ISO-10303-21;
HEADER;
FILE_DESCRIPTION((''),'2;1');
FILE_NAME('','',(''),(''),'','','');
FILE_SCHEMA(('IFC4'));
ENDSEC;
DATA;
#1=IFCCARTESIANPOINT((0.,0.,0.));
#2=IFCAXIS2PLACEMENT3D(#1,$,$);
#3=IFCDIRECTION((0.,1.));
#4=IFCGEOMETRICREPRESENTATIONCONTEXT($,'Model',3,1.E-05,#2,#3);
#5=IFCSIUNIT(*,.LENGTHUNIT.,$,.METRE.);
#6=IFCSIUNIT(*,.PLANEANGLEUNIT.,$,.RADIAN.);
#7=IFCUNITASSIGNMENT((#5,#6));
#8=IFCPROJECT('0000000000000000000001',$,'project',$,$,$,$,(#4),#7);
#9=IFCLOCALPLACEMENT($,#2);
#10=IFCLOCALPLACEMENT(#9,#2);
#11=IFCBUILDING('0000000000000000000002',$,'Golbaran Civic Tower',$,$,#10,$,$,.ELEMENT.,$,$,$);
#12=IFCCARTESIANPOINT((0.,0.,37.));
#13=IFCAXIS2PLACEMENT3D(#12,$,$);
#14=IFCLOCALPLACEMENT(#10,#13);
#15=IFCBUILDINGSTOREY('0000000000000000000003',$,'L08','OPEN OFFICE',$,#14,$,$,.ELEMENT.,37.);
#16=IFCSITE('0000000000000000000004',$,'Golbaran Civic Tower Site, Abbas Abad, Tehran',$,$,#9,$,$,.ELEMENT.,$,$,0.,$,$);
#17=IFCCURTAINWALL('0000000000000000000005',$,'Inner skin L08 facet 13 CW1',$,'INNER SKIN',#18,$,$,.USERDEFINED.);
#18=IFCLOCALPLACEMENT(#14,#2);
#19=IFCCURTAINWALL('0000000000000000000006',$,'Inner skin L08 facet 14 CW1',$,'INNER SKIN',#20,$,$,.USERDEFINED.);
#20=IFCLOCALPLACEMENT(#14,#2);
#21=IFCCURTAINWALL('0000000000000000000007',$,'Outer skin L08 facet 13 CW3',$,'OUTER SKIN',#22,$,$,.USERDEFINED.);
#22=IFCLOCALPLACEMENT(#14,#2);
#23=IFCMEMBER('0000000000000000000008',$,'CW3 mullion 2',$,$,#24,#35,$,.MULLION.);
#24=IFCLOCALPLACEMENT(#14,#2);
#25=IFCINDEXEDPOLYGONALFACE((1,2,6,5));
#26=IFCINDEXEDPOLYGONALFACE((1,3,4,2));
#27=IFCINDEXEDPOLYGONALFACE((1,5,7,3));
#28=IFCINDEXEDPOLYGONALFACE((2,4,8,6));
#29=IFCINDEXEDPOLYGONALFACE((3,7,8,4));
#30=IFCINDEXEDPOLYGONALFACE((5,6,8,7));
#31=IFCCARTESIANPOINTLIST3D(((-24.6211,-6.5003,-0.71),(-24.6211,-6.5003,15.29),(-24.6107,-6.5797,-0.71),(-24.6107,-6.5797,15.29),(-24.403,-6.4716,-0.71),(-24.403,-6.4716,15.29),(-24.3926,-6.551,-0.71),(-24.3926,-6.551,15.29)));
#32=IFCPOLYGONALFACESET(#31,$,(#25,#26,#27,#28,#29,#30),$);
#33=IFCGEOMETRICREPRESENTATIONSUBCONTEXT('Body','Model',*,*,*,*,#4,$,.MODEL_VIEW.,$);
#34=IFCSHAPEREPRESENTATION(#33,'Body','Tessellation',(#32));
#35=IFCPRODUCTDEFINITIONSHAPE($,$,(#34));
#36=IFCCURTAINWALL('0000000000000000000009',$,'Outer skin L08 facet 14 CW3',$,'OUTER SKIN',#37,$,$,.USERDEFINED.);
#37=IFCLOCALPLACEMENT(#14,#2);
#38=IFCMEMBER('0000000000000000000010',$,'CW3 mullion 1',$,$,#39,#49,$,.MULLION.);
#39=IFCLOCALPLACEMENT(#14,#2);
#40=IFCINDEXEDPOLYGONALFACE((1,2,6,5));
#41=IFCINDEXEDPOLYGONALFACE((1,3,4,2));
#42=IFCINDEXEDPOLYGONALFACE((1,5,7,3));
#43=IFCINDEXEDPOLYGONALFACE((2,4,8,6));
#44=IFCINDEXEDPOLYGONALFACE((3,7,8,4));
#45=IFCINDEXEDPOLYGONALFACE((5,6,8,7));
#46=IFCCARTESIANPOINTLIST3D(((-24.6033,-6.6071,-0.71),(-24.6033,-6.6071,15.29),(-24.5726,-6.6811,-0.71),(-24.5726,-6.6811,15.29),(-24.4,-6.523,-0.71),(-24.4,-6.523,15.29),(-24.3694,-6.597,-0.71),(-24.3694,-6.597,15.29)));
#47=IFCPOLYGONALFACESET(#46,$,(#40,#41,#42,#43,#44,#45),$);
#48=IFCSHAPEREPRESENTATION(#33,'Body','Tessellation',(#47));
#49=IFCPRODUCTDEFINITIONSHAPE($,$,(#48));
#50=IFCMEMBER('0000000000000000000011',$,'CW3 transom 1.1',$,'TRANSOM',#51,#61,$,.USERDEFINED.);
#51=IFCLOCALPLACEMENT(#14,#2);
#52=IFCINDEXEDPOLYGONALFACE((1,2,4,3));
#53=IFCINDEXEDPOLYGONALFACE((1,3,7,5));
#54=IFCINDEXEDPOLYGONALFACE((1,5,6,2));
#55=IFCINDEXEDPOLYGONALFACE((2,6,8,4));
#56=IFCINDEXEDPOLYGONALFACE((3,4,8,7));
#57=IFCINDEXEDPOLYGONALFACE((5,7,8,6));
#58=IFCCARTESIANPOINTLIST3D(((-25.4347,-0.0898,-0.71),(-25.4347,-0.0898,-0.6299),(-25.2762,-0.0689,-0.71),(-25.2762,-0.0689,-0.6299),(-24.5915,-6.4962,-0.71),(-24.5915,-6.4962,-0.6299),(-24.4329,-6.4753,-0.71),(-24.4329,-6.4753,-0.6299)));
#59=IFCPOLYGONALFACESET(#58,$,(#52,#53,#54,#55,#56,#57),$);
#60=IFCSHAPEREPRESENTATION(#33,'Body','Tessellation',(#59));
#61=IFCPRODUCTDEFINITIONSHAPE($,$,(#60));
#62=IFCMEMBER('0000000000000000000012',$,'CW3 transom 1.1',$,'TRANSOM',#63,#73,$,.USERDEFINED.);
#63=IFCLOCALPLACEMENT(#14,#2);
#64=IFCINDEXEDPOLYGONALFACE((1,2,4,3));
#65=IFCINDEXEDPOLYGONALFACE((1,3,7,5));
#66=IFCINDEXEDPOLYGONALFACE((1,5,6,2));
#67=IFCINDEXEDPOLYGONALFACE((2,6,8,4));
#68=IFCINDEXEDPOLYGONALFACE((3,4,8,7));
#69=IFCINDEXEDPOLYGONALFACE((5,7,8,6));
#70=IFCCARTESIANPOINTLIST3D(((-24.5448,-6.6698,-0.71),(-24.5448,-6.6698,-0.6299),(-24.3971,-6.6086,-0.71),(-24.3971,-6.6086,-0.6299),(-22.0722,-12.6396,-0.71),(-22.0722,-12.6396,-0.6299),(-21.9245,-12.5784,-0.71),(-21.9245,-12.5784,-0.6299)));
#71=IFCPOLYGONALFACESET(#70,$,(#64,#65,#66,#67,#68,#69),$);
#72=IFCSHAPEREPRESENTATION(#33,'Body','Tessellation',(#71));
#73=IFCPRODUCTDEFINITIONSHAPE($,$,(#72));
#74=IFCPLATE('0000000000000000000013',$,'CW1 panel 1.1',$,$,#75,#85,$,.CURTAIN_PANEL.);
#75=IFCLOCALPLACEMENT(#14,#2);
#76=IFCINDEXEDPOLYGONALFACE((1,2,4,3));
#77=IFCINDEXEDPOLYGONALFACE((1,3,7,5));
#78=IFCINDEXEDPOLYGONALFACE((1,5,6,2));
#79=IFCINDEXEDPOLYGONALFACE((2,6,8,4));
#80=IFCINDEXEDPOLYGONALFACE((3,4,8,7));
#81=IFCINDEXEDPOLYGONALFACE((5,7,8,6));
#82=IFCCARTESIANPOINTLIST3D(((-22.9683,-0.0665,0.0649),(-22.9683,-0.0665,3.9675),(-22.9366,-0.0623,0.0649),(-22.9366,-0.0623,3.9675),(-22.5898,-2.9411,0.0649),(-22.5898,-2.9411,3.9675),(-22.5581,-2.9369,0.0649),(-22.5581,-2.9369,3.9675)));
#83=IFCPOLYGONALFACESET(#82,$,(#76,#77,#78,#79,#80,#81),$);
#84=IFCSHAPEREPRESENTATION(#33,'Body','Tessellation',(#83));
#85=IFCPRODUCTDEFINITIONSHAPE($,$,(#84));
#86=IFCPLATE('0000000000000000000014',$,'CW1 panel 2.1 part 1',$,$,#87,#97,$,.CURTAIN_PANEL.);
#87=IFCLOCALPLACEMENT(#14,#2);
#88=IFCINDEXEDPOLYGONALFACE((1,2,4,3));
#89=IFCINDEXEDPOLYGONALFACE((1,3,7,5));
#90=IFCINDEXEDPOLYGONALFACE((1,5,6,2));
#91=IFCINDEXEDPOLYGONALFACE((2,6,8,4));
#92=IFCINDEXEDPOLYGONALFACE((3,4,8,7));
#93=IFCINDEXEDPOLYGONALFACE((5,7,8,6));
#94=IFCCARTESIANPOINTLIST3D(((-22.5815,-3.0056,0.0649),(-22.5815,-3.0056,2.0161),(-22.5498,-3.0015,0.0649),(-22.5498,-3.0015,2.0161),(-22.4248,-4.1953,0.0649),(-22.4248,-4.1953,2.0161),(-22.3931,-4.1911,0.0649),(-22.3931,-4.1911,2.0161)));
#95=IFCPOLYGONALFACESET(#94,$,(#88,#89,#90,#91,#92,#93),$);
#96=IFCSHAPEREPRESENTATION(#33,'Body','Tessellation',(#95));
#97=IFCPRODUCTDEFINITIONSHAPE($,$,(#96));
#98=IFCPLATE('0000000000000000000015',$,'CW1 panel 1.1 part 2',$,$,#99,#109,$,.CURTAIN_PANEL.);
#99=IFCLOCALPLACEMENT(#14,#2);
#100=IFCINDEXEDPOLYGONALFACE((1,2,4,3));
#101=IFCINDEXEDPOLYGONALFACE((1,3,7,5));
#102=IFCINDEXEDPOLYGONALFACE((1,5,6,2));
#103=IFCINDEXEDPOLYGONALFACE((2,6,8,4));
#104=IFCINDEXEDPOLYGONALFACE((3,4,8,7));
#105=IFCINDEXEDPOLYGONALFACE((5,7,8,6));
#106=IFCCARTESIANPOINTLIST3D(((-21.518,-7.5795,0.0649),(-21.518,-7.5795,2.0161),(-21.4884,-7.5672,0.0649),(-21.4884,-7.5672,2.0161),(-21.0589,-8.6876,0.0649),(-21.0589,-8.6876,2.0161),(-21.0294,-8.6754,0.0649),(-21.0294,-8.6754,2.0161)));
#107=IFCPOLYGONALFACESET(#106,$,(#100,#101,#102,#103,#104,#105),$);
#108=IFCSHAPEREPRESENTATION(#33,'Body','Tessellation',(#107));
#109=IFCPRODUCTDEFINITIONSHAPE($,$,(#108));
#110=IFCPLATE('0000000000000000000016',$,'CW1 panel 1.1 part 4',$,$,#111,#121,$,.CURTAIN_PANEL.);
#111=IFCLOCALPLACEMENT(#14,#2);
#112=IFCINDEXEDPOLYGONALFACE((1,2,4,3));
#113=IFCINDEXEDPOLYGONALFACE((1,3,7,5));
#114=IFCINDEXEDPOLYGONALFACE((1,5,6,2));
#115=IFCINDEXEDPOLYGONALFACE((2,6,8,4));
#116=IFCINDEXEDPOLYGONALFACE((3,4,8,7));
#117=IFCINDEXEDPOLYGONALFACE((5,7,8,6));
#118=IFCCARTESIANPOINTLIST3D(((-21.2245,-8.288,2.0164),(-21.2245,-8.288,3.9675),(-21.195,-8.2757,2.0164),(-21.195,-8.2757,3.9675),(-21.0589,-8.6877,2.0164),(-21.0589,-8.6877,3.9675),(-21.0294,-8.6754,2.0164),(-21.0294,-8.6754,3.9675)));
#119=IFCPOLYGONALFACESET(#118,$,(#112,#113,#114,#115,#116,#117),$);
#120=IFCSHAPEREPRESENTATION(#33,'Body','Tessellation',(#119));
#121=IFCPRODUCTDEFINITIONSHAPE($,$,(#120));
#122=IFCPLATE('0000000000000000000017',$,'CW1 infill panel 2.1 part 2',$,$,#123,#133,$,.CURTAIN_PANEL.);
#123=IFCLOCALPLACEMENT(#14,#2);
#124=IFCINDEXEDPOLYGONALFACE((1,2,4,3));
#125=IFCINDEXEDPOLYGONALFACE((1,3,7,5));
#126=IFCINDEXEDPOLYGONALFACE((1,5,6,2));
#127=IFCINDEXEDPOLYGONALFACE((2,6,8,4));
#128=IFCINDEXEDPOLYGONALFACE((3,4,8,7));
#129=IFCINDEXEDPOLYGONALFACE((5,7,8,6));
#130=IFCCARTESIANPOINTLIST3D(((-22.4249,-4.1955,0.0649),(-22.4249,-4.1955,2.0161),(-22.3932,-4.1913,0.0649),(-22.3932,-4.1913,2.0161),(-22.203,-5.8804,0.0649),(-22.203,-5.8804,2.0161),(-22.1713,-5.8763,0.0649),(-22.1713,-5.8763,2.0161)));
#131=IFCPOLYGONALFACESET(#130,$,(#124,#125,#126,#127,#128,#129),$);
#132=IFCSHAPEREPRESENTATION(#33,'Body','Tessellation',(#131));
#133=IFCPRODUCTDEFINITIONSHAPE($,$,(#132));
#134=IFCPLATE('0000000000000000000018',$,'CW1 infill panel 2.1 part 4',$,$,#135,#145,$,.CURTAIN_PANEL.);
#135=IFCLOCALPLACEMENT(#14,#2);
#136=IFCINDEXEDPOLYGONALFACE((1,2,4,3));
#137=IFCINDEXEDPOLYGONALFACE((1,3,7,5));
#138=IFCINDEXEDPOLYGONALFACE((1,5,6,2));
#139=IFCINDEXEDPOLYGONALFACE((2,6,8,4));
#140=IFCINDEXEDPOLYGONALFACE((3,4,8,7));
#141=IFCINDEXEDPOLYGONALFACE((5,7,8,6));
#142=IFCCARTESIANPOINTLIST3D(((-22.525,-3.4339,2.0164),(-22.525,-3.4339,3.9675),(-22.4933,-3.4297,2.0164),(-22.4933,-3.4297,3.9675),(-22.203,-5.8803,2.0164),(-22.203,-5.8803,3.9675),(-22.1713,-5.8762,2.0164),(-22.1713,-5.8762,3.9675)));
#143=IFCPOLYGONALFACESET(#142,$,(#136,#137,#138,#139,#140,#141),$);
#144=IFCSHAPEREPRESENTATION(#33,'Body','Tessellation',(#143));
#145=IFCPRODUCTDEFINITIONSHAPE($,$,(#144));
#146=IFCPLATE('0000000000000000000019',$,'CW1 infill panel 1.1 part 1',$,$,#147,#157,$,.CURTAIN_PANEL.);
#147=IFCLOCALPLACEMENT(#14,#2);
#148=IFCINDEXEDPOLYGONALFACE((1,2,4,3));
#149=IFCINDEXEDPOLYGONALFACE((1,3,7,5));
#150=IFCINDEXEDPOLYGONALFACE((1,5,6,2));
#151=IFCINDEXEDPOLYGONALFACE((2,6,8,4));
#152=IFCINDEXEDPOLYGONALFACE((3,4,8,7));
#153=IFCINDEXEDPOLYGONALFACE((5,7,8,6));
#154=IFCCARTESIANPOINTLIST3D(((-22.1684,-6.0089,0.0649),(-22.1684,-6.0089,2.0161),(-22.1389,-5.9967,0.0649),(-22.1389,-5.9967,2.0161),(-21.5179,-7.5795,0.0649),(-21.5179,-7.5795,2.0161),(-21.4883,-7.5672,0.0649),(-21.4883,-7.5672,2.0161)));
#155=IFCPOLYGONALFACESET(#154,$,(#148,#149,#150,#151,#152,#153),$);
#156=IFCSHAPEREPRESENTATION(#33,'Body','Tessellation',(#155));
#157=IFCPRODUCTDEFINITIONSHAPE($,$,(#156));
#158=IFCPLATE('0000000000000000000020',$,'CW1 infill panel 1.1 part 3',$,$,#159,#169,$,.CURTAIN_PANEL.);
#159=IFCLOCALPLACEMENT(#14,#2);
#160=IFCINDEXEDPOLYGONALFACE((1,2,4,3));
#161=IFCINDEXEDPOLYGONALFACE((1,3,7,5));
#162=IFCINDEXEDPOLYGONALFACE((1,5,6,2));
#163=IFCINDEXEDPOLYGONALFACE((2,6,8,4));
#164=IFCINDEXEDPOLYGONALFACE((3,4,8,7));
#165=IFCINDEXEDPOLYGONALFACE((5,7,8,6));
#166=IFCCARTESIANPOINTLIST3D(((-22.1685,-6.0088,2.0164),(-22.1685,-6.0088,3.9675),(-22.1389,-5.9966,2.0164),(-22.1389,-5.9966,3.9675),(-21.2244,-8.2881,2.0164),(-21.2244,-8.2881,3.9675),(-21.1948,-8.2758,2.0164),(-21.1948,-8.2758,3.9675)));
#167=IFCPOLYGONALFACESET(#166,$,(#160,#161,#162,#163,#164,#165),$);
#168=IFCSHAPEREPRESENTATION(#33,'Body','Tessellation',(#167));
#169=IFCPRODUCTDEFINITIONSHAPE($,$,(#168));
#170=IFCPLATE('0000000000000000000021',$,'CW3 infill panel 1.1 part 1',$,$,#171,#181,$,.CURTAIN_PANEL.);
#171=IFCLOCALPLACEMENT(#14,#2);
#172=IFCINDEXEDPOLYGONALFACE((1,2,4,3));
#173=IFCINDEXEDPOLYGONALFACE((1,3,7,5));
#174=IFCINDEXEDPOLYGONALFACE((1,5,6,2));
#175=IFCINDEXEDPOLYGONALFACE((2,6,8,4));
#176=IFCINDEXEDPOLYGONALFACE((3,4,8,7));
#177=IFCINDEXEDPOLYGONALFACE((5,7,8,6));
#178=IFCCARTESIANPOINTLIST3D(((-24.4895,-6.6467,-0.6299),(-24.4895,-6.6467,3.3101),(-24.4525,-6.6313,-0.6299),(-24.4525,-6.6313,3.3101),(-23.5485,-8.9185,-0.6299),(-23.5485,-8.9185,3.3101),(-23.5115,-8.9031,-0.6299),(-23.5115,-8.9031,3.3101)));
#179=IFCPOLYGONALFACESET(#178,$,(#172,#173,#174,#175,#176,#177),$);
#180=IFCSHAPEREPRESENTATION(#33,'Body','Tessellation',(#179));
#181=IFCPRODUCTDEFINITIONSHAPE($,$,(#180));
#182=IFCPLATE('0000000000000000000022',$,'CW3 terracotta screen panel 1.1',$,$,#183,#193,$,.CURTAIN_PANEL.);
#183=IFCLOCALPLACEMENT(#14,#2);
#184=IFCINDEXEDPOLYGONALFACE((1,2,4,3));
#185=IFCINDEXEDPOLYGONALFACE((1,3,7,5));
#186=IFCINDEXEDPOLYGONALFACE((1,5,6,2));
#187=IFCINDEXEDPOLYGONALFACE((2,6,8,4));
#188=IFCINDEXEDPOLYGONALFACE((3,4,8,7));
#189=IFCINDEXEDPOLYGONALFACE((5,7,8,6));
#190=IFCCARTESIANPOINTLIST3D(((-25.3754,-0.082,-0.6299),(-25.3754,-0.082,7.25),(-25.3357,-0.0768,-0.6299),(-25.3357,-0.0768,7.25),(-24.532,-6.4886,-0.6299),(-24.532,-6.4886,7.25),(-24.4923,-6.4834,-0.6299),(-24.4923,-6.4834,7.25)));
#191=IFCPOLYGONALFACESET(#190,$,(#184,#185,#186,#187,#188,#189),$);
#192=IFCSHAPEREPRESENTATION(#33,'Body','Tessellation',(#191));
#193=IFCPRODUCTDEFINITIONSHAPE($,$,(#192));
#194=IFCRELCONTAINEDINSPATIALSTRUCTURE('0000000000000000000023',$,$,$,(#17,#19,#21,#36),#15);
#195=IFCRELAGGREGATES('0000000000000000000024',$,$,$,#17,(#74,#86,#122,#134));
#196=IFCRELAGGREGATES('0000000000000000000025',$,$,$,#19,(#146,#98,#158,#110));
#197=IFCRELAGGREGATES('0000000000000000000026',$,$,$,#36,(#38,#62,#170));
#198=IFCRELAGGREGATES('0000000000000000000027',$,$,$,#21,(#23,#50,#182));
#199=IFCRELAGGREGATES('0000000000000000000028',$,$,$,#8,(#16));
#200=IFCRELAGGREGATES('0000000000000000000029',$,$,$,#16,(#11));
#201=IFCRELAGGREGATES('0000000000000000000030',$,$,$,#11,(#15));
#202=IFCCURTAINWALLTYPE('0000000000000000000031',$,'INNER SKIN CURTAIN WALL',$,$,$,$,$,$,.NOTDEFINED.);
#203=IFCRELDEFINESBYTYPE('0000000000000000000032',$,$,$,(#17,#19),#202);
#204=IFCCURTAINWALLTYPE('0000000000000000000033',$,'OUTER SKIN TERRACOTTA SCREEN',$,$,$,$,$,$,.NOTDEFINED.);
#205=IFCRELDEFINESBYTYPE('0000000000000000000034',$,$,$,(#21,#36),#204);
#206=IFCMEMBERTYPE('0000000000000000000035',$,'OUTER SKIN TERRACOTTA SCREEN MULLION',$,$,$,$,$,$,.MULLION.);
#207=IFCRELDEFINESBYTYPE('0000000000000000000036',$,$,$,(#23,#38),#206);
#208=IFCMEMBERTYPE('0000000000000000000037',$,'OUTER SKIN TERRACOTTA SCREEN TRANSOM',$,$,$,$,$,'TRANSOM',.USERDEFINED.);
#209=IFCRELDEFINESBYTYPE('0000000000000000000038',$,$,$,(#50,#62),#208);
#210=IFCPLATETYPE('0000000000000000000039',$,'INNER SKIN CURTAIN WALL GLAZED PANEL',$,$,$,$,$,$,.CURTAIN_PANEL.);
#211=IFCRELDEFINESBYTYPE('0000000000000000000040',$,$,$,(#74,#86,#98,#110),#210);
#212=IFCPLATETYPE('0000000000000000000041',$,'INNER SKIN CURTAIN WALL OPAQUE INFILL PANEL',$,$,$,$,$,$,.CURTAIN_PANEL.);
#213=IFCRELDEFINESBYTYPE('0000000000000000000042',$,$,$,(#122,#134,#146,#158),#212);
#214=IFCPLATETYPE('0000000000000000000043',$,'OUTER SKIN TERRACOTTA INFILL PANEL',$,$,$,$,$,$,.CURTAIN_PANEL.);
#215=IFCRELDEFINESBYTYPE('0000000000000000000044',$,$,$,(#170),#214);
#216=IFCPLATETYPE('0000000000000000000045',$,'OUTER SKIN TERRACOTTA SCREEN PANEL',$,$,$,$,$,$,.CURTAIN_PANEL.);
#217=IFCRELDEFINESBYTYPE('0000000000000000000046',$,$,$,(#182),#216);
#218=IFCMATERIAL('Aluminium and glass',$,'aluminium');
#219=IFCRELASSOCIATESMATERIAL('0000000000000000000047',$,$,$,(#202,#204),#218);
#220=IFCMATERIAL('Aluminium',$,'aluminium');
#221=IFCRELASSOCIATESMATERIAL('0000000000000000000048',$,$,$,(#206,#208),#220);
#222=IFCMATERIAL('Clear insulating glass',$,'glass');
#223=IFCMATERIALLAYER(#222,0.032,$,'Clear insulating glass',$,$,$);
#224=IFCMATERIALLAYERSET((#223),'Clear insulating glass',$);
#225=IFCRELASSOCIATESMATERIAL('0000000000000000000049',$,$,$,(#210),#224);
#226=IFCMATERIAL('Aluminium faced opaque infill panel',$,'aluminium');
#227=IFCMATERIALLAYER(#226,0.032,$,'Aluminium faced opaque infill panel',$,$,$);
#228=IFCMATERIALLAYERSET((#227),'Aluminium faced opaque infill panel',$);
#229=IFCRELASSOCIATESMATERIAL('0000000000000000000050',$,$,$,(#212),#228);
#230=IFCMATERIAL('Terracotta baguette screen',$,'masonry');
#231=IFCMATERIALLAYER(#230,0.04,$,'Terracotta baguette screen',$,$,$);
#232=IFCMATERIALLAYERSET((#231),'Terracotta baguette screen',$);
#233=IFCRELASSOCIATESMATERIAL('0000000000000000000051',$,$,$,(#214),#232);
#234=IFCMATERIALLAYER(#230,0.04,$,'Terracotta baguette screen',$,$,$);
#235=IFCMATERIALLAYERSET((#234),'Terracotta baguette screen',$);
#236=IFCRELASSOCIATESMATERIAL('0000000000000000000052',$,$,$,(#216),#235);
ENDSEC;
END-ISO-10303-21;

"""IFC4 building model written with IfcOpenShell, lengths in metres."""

from ifc_helpers import new_model, si_unit, direction, frame, origin, origin_2d, place, context, subcontext, project, spatial, rectangle, extrude, material, layer, layer_set, material_profile, profile_set, type_object, element, aggregate, save


model = new_model("IFC4")

# Units and contexts
model_context = context("Model", 3, precision=1e-05, world=origin(), true_north=direction((0.0, 1.0)))
body_context = subcontext(model_context, "Body", "Model", "MODEL_VIEW")
ifc_project = project(units=[si_unit("LENGTHUNIT", "METRE"), si_unit("PLANEANGLEUNIT", "RADIAN")], contexts=[model_context])

# Site, building, storey
site_placement = place(None, origin())
site = spatial("IfcSite", under=ifc_project, at=site_placement, Name="Golbaran Civic Tower Site, Abbas Abad, Tehran", CompositionType="ELEMENT", RefElevation=0.0)
building_placement = place(site_placement, origin())
building = spatial("IfcBuilding", under=site, at=building_placement, Name="Golbaran Civic Tower", CompositionType="ELEMENT")
storey_placement = place(building_placement, frame((0.0, 0.0, 37.0)))
storey = spatial("IfcBuildingStorey", under=building, at=storey_placement, Name="L08", Description="OPEN OFFICE", CompositionType="ELEMENT", Elevation=37.0)

# Curtain walls
ifc_material_1 = material(Name="Aluminium and glass", Category="aluminium")
curtain_wall_type_1 = type_object("IfcCurtainWallType", Name="INNER SKIN CURTAIN WALL", PredefinedType="NOTDEFINED", material=ifc_material_1)
curtain_wall_1_placement = place(storey_placement, origin())
curtain_wall_1 = element("IfcCurtainWall", 1, at=curtain_wall_1_placement, inside=storey, type_object=curtain_wall_type_1, Name="Inner skin L08 facet 13 CW1", ObjectType="INNER SKIN", PredefinedType="USERDEFINED")
ifc_material_2 = material(Name="Aluminium", Category="aluminium")
curtain_wall_2_placement = place(storey_placement, origin())
curtain_wall_2 = element("IfcCurtainWall", 2, at=curtain_wall_2_placement, inside=storey, type_object=curtain_wall_type_1, Name="Inner skin L08 facet 14 CW1", ObjectType="INNER SKIN", PredefinedType="USERDEFINED")

# Curtain wall, member
curtain_wall_type_2 = type_object("IfcCurtainWallType", Name="OUTER SKIN TERRACOTTA SCREEN", PredefinedType="NOTDEFINED", material=ifc_material_1)
curtain_wall_3_placement = place(storey_placement, origin())
curtain_wall_3 = element("IfcCurtainWall", 3, at=curtain_wall_3_placement, inside=storey, type_object=curtain_wall_type_2, Name="Outer skin L08 facet 13 CW3", ObjectType="OUTER SKIN", PredefinedType="USERDEFINED")
ifc_material_profile_1 = material_profile(ifc_material_2, rectangle(XDim=0.22, YDim=0.0801, at=origin_2d()), Name="OUTER SKIN TERRACOTTA SCREEN MULLION")
ifc_profile_set_1 = profile_set([ifc_material_profile_1], Name="Aluminium")
member_type_1 = type_object("IfcMemberType", Name="OUTER SKIN TERRACOTTA SCREEN MULLION", PredefinedType="MULLION", material=ifc_profile_set_1)
member_1_placement = place(storey_placement, frame((-24.5068, -6.5256, -0.71), z_axis=(0.0, 0.0, 1.0), x_axis=(0.991445, 0.130526, 0.0)))
member_1 = element("IfcMember", 4, at=member_1_placement, type_object=member_type_1, Name="CW3 mullion 2", PredefinedType="MULLION", context=body_context, shape_type="SweptSolid", body=[
    extrude(rectangle(XDim=0.22, YDim=0.0801, at=origin_2d()), origin(), (0.0, 0.0, 1.0), 16.0),
])

# Curtain wall, member
curtain_wall_4_placement = place(storey_placement, origin())
curtain_wall_4 = element("IfcCurtainWall", 5, at=curtain_wall_4_placement, inside=storey, type_object=curtain_wall_type_2, Name="Outer skin L08 facet 14 CW3", ObjectType="OUTER SKIN", PredefinedType="USERDEFINED")
member_2_placement = place(storey_placement, frame((-24.4863, -6.6021, -0.71), z_axis=(0.0, 0.0, 1.0), x_axis=(0.92388, 0.382683, 0.0)))
member_2 = element("IfcMember", 6, at=member_2_placement, type_object=member_type_1, Name="CW3 mullion 1", PredefinedType="MULLION", context=body_context, shape_type="SweptSolid", body=[
    extrude(rectangle(XDim=0.22, YDim=0.0801, at=origin_2d()), origin(), (0.0, 0.0, 1.0), 16.0),
])

# Members
ifc_material_profile_2 = material_profile(ifc_material_2, rectangle(XDim=0.1599, YDim=0.0801, at=origin_2d()), Name="OUTER SKIN TERRACOTTA SCREEN TRANSOM")
ifc_profile_set_2 = profile_set([ifc_material_profile_2], Name="Aluminium")
member_type_2 = type_object("IfcMemberType", Name="OUTER SKIN TERRACOTTA SCREEN TRANSOM", ElementType="TRANSOM", PredefinedType="USERDEFINED", material=ifc_profile_set_2)
member_3_placement = place(storey_placement, frame((-25.3555, -0.0793, -0.6699), z_axis=(0.1305, -0.991448, 0.0), x_axis=(0.991448, 0.1305, 0.0)))
member_3 = element("IfcMember", 7, at=member_3_placement, type_object=member_type_2, Name="CW3 transom 1.1", ObjectType="TRANSOM", PredefinedType="USERDEFINED", context=body_context, shape_type="SweptSolid", body=[
    extrude(rectangle(XDim=0.1599, YDim=0.0801, at=origin_2d()), origin(), (0.0, 0.0, 1.0), 6.4617),
])
member_4_placement = place(storey_placement, frame((-24.4709, -6.6392, -0.6699), z_axis=(0.382659, -0.92389, 0.0), x_axis=(0.92389, 0.382659, 0.0)))
member_4 = element("IfcMember", 8, at=member_4_placement, type_object=member_type_2, Name="CW3 transom 1.1", ObjectType="TRANSOM", PredefinedType="USERDEFINED", context=body_context, shape_type="SweptSolid", body=[
    extrude(rectangle(XDim=0.1599, YDim=0.0801, at=origin_2d()), origin(), (0.0, 0.0, 1.0), 6.4617),
])

# Plates
ifc_material_3 = material(Name="Clear insulating glass", Category="glass")
ifc_layer_1 = layer(ifc_material_3, 0.032, Name="Clear insulating glass")
ifc_layer_set_1 = layer_set([ifc_layer_1], Name="Clear insulating glass")
plate_type_1 = type_object("IfcPlateType", Name="INNER SKIN CURTAIN WALL GLAZED PANEL", PredefinedType="CURTAIN_PANEL", material=ifc_layer_set_1)
plate_1_placement = place(storey_placement, frame((-22.7632, -1.5017, 0.0649), z_axis=(0.0, 0.0, 1.0), x_axis=(0.130526, -0.991445, 0.0)))
plate_1 = element("IfcPlate", 9, at=plate_1_placement, type_object=plate_type_1, Name="CW1 panel 1.1", PredefinedType="CURTAIN_PANEL", context=body_context, shape_type="SweptSolid", body=[
    extrude(rectangle(XDim=2.8994, YDim=0.032, at=origin_2d()), origin(), (0.0, 0.0, 1.0), 3.9026),
])
plate_2_placement = place(storey_placement, frame((-22.4873, -3.5984, 0.0649), z_axis=(0.0, 0.0, 1.0), x_axis=(0.130526, -0.991445, 0.0)))
plate_2 = element("IfcPlate", 10, at=plate_2_placement, type_object=plate_type_1, Name="CW1 panel 2.1 part 1", PredefinedType="CURTAIN_PANEL", context=body_context, shape_type="SweptSolid", body=[
    extrude(rectangle(XDim=1.2, YDim=0.032, at=origin_2d()), origin(), (0.0, 0.0, 1.0), 1.9512),
])
plate_3_placement = place(storey_placement, frame((-21.2737, -8.1274, 0.0649), z_axis=(0.0, 0.0, 1.0), x_axis=(0.382683, -0.92388, 0.0)))
plate_3 = element("IfcPlate", 11, at=plate_3_placement, type_object=plate_type_1, Name="CW1 panel 1.1 part 2", PredefinedType="CURTAIN_PANEL", context=body_context, shape_type="SweptSolid", body=[
    extrude(rectangle(XDim=1.1995, YDim=0.032, at=origin_2d()), origin(), (0.0, 0.0, 1.0), 1.9512),
])
plate_4_placement = place(storey_placement, frame((-21.127, -8.4817, 2.0164), z_axis=(0.0, 0.0, 1.0), x_axis=(0.382683, -0.92388, 0.0)))
plate_4 = element("IfcPlate", 12, at=plate_4_placement, type_object=plate_type_1, Name="CW1 panel 1.1 part 4", PredefinedType="CURTAIN_PANEL", context=body_context, shape_type="SweptSolid", body=[
    extrude(rectangle(XDim=0.4326, YDim=0.032, at=origin_2d()), origin(), (0.0, 0.0, 1.0), 1.9512),
])
ifc_material_4 = material(Name="Aluminium faced opaque infill panel", Category="aluminium")
ifc_layer_2 = layer(ifc_material_4, 0.032, Name="Aluminium faced opaque infill panel")
ifc_layer_set_2 = layer_set([ifc_layer_2], Name="Aluminium faced opaque infill panel")
plate_type_2 = type_object("IfcPlateType", Name="INNER SKIN CURTAIN WALL OPAQUE INFILL PANEL", PredefinedType="CURTAIN_PANEL", material=ifc_layer_set_2)
plate_5_placement = place(storey_placement, frame((-22.2981, -5.0359, 0.0649), z_axis=(0.0, 0.0, 1.0), x_axis=(0.130526, -0.991445, 0.0)))
plate_5 = element("IfcPlate", 13, at=plate_5_placement, type_object=plate_type_2, Name="CW1 infill panel 2.1 part 2", PredefinedType="CURTAIN_PANEL", context=body_context, shape_type="SweptSolid", body=[
    extrude(rectangle(XDim=1.6995, YDim=0.032, at=origin_2d()), origin(), (0.0, 0.0, 1.0), 1.9512),
])
plate_6_placement = place(storey_placement, frame((-22.3481, -4.655, 2.0164), z_axis=(0.0, 0.0, 1.0), x_axis=(0.130526, -0.991445, 0.0)))
plate_6 = element("IfcPlate", 14, at=plate_6_placement, type_object=plate_type_2, Name="CW1 infill panel 2.1 part 4", PredefinedType="CURTAIN_PANEL", context=body_context, shape_type="SweptSolid", body=[
    extrude(rectangle(XDim=2.4675, YDim=0.032, at=origin_2d()), origin(), (0.0, 0.0, 1.0), 1.9512),
])
aggregate(curtain_wall_1, [plate_1, plate_2, plate_5, plate_6])
plate_7_placement = place(storey_placement, frame((-21.8284, -6.7881, 0.0649), z_axis=(0.0, 0.0, 1.0), x_axis=(0.382683, -0.92388, 0.0)))
plate_7 = element("IfcPlate", 15, at=plate_7_placement, type_object=plate_type_2, Name="CW1 infill panel 1.1 part 1", PredefinedType="CURTAIN_PANEL", context=body_context, shape_type="SweptSolid", body=[
    extrude(rectangle(XDim=1.7, YDim=0.032, at=origin_2d()), origin(), (0.0, 0.0, 1.0), 1.9512),
])
plate_8_placement = place(storey_placement, frame((-21.6816, -7.1423, 2.0164), z_axis=(0.0, 0.0, 1.0), x_axis=(0.382683, -0.92388, 0.0)))
plate_8 = element("IfcPlate", 16, at=plate_8_placement, type_object=plate_type_2, Name="CW1 infill panel 1.1 part 3", PredefinedType="CURTAIN_PANEL", context=body_context, shape_type="SweptSolid", body=[
    extrude(rectangle(XDim=2.467, YDim=0.032, at=origin_2d()), origin(), (0.0, 0.0, 1.0), 1.9512),
])
aggregate(curtain_wall_2, [plate_7, plate_3, plate_8, plate_4])
ifc_material_5 = material(Name="Terracotta baguette screen", Category="masonry")
ifc_layer_3 = layer(ifc_material_5, 0.04, Name="Terracotta baguette screen")
ifc_layer_set_3 = layer_set([ifc_layer_3], Name="Terracotta baguette screen")
plate_type_3 = type_object("IfcPlateType", Name="OUTER SKIN TERRACOTTA INFILL PANEL", PredefinedType="CURTAIN_PANEL", material=ifc_layer_set_3)
plate_9_placement = place(storey_placement, frame((-24.0005, -7.7749, -0.6299), z_axis=(0.0, 0.0, 1.0), x_axis=(0.382683, -0.92388, 0.0)))
plate_9 = element("IfcPlate", 17, at=plate_9_placement, type_object=plate_type_3, Name="CW3 infill panel 1.1 part 1", PredefinedType="CURTAIN_PANEL", context=body_context, shape_type="SweptSolid", body=[
    extrude(rectangle(XDim=2.459, YDim=0.04, at=origin_2d()), origin(), (0.0, 0.0, 1.0), 3.9399),
])
aggregate(curtain_wall_4, [member_2, member_4, plate_9])
ifc_layer_4 = layer(ifc_material_5, 0.04, Name="Terracotta baguette screen")
ifc_layer_set_4 = layer_set([ifc_layer_4], Name="Terracotta baguette screen")
plate_type_4 = type_object("IfcPlateType", Name="OUTER SKIN TERRACOTTA SCREEN PANEL", PredefinedType="CURTAIN_PANEL", material=ifc_layer_set_4)
plate_10_placement = place(storey_placement, frame((-24.9338, -3.2827, -0.6299), z_axis=(0.0, 0.0, 1.0), x_axis=(0.130526, -0.991445, 0.0)))
plate_10 = element("IfcPlate", 18, at=plate_10_placement, type_object=plate_type_4, Name="CW3 terracotta screen panel 1.1", PredefinedType="CURTAIN_PANEL", context=body_context, shape_type="SweptSolid", body=[
    extrude(rectangle(XDim=6.4619, YDim=0.04, at=origin_2d()), origin(), (0.0, 0.0, 1.0), 7.8799),
])
aggregate(curtain_wall_3, [member_1, member_3, plate_10])

save(model, "model.ifc")
